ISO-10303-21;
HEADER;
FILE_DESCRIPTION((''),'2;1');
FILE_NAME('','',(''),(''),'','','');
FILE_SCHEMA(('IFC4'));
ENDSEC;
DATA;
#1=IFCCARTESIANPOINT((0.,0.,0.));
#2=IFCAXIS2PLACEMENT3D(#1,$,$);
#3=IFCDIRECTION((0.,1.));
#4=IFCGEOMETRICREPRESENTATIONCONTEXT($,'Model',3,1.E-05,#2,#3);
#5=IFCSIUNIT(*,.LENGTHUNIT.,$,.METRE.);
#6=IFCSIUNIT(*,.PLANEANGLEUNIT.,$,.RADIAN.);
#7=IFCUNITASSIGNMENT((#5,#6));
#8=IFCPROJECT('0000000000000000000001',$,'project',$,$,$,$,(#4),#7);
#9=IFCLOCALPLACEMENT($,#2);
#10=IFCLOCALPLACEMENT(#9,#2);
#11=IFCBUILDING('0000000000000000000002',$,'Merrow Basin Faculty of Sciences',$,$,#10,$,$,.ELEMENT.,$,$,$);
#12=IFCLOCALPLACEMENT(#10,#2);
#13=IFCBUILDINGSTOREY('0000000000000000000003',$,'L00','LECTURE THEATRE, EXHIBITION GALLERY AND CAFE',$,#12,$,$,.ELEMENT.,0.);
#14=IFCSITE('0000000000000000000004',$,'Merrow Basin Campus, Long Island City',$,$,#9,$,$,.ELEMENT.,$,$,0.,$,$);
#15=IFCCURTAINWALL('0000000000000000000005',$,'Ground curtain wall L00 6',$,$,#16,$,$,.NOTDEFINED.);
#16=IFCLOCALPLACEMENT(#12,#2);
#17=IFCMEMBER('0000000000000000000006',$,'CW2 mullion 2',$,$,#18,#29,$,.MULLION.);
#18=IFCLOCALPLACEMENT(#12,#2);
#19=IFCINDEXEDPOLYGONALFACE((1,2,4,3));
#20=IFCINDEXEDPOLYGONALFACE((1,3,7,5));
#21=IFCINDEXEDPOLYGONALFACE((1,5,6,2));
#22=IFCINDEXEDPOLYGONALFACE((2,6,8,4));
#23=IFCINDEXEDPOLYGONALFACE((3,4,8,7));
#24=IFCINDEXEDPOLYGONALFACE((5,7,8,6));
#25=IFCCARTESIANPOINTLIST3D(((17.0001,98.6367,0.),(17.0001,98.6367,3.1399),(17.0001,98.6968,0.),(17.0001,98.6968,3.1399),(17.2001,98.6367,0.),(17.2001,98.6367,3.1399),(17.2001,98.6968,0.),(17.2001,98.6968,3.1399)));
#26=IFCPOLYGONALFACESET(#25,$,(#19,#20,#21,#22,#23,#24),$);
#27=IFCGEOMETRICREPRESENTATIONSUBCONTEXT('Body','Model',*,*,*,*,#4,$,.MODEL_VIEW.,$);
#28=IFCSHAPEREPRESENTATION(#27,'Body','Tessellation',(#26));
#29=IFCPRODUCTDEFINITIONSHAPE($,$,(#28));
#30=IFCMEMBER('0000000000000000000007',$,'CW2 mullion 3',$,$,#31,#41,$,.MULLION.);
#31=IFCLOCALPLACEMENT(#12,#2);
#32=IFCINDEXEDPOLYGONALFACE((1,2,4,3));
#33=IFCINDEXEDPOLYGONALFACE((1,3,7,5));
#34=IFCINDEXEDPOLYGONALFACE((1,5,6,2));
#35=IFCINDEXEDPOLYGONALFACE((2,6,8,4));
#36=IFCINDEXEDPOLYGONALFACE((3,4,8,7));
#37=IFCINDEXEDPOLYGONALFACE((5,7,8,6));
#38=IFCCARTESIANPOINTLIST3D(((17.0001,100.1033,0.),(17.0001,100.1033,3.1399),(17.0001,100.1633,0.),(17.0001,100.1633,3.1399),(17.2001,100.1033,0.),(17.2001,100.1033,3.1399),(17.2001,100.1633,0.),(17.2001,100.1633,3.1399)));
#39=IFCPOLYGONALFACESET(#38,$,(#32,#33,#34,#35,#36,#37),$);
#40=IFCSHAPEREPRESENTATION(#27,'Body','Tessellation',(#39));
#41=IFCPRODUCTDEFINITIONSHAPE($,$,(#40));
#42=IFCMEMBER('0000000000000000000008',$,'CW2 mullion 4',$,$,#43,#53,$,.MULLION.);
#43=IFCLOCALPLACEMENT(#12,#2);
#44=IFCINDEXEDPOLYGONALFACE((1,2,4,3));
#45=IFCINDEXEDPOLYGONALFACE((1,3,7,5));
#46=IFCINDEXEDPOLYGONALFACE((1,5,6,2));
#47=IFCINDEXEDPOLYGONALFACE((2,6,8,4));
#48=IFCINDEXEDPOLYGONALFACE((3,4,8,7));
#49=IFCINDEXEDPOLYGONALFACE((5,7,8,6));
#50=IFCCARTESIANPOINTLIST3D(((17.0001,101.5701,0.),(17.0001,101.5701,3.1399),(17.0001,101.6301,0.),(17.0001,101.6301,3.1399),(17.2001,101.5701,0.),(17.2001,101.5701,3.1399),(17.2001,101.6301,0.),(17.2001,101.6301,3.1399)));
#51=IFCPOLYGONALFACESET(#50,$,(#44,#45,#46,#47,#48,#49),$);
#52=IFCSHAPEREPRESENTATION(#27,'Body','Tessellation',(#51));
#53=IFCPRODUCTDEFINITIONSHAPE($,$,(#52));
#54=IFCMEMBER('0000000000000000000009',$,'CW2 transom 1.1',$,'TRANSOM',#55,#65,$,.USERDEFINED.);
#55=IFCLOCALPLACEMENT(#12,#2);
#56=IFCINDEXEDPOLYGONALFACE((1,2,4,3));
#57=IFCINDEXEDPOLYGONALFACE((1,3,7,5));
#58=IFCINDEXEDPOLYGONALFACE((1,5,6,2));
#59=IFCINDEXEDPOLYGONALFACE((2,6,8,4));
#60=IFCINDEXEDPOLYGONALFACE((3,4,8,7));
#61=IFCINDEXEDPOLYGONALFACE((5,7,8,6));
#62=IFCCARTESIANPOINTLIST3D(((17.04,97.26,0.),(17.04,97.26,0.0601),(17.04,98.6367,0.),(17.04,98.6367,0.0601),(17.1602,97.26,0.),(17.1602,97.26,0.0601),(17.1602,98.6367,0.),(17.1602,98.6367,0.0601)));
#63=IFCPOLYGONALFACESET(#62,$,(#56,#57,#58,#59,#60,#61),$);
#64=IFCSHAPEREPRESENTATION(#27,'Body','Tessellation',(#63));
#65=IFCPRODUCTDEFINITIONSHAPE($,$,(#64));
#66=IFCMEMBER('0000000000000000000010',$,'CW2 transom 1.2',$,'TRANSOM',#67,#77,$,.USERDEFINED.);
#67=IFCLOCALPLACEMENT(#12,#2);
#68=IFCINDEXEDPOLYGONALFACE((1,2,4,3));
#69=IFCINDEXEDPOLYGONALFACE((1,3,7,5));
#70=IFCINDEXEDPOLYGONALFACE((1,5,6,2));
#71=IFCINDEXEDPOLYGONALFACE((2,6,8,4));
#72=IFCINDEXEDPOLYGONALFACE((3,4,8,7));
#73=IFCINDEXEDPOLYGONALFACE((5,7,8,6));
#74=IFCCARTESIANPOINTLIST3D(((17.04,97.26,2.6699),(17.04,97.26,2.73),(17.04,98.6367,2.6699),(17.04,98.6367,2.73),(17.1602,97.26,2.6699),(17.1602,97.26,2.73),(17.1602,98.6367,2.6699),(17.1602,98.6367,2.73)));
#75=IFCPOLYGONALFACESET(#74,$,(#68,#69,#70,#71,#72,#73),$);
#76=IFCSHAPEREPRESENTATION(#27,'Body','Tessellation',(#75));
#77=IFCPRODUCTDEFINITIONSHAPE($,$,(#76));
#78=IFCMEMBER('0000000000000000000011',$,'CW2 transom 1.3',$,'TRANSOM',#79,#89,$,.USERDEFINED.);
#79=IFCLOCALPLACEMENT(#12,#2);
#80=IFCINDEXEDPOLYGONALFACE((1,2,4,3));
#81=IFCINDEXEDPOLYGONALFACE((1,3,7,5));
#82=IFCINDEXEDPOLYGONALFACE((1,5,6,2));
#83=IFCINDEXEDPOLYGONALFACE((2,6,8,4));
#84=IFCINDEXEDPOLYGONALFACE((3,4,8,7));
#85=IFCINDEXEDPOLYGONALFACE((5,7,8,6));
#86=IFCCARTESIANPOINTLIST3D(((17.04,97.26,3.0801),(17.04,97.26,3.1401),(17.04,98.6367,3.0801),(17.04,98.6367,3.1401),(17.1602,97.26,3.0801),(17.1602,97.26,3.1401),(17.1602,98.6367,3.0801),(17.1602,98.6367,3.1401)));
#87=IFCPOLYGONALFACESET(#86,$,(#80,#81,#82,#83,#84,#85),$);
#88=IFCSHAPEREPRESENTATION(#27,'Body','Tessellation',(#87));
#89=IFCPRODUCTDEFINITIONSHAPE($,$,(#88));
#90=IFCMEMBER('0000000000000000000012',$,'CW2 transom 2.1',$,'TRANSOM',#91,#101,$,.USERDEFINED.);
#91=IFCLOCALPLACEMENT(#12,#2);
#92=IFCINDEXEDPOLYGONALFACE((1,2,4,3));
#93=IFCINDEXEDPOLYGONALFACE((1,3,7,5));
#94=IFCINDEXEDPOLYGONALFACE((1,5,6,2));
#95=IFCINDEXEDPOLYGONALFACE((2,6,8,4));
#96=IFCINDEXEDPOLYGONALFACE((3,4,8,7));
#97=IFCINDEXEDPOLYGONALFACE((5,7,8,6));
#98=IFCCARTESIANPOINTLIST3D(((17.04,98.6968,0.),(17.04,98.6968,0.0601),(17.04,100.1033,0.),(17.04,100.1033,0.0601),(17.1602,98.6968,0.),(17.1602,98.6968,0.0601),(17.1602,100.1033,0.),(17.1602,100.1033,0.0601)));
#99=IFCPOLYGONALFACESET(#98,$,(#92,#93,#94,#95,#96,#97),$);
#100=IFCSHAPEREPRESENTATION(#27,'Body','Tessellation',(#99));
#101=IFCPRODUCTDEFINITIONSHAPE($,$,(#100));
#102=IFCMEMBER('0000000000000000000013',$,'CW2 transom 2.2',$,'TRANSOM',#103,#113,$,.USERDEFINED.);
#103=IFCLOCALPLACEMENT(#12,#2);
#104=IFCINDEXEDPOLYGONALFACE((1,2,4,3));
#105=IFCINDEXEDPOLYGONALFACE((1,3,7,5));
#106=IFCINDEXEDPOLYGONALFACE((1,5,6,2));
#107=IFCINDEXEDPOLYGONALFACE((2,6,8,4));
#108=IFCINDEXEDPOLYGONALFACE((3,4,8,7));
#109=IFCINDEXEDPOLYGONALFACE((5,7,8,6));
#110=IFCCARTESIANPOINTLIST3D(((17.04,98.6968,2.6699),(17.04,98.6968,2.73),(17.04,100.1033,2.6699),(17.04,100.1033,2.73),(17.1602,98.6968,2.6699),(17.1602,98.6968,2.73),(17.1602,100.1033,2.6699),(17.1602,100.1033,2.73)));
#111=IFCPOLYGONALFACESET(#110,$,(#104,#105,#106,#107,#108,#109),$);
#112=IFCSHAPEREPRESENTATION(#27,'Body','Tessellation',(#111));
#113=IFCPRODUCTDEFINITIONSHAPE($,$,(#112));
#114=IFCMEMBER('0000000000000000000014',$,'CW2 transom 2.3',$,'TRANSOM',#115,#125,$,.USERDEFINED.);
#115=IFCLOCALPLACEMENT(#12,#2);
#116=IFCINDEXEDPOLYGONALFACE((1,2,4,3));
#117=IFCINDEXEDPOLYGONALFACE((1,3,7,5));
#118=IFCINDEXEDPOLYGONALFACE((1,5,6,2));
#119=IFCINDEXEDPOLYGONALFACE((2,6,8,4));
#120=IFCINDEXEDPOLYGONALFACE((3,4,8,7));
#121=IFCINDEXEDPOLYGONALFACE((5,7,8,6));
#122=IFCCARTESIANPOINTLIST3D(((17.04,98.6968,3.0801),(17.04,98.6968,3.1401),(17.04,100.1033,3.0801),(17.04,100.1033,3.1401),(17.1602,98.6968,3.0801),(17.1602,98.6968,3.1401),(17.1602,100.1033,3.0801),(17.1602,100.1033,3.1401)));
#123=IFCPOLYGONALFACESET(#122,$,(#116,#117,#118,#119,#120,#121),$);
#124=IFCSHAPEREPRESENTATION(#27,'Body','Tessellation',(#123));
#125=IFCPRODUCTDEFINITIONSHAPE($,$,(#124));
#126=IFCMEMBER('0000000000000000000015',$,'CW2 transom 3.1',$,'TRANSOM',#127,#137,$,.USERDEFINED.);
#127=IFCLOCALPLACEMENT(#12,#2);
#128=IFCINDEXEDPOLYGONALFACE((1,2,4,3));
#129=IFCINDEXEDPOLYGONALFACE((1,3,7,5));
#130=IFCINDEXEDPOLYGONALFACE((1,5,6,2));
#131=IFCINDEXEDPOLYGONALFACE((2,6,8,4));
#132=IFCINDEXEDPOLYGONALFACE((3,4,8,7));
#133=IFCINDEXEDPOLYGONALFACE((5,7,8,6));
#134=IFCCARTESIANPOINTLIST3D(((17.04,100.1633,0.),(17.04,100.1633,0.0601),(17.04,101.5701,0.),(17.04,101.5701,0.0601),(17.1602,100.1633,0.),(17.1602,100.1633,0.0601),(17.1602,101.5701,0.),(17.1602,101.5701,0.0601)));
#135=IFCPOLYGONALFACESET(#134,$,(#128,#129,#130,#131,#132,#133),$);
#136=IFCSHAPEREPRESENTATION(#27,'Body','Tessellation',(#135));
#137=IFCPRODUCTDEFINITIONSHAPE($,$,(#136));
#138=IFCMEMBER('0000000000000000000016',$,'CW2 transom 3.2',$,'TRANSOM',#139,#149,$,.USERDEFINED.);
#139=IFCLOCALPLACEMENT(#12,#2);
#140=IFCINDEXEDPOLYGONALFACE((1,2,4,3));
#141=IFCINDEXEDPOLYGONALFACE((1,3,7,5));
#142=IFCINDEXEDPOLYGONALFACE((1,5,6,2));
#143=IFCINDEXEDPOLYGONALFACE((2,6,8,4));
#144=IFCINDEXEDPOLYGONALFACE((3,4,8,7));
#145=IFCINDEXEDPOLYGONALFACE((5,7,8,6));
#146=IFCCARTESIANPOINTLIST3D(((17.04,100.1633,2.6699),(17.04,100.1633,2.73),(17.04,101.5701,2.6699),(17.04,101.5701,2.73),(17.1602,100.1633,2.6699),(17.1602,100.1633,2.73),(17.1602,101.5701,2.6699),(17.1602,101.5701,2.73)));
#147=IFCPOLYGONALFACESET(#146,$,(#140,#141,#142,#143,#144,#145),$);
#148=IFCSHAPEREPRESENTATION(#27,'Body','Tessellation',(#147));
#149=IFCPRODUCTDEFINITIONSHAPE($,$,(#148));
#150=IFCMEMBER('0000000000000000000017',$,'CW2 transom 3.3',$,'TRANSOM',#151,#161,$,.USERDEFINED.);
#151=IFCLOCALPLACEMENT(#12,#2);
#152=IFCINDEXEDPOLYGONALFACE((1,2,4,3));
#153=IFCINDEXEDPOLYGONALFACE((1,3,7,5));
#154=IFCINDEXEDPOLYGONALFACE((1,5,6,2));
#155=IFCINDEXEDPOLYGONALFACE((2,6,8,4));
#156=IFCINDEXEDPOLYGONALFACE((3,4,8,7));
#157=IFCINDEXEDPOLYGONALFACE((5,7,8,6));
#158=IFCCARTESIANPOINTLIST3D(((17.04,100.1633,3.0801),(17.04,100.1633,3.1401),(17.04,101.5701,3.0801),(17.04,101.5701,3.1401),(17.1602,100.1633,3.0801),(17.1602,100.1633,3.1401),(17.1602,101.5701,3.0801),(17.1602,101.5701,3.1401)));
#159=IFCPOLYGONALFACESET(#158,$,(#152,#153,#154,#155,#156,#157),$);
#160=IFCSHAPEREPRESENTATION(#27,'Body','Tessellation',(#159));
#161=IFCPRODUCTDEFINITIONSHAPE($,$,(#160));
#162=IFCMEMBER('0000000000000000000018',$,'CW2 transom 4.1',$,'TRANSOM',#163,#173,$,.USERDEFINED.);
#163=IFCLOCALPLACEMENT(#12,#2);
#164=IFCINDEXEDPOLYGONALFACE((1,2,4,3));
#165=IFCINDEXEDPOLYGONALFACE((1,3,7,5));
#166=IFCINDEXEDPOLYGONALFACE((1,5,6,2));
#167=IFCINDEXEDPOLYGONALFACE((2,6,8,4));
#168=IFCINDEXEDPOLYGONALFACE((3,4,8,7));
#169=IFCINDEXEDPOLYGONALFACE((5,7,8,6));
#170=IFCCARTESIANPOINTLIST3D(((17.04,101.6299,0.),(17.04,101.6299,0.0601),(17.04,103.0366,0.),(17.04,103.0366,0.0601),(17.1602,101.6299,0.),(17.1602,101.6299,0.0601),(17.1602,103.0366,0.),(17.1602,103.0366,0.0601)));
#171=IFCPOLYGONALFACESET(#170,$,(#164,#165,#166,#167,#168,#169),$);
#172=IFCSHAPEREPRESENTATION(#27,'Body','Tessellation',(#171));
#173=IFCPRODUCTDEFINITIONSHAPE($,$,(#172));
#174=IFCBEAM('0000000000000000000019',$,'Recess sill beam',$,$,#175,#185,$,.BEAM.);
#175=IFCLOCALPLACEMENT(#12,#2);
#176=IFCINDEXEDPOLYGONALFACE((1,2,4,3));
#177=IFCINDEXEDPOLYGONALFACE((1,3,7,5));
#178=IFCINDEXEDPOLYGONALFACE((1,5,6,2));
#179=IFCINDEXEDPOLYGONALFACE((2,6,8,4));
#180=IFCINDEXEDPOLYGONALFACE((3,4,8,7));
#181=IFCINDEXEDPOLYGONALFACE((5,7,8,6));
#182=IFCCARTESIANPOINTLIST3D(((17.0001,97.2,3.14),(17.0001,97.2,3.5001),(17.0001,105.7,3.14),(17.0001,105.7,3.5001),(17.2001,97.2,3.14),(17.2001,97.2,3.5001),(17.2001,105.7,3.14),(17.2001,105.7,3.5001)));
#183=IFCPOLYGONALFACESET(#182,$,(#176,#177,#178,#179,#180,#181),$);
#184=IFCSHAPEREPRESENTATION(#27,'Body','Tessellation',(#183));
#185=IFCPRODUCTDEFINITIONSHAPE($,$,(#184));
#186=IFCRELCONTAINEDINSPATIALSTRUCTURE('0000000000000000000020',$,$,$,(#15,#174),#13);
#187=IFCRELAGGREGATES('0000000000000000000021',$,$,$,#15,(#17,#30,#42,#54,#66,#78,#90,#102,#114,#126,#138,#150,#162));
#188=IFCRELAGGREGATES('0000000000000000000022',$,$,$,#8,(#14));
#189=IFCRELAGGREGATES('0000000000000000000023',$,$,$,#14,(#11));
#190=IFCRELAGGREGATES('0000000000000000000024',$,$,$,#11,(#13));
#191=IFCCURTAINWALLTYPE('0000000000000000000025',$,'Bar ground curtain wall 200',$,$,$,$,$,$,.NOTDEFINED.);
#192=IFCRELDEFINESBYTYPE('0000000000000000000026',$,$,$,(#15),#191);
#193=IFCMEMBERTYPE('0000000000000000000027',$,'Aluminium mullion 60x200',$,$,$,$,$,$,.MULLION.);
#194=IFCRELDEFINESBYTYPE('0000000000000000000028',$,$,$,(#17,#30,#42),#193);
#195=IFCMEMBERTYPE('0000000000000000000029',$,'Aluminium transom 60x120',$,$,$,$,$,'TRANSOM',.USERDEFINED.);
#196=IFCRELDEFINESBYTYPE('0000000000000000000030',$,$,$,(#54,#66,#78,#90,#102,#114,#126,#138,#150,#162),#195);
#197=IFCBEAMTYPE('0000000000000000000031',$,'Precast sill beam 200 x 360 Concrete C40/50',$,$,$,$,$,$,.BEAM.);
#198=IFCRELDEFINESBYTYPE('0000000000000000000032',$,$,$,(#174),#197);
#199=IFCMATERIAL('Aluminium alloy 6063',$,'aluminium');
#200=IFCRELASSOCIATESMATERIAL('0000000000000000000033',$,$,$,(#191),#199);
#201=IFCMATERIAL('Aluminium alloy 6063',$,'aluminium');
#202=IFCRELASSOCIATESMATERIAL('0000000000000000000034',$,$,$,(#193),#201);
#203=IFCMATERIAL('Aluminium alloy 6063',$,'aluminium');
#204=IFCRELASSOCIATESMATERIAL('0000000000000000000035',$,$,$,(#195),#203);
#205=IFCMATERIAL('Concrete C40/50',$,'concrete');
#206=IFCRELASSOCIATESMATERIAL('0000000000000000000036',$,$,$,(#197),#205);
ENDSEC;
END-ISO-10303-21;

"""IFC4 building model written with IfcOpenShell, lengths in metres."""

from ifc_helpers import new_model, si_unit, direction, frame, origin, origin_2d, place, context, subcontext, project, spatial, rectangle, extrude, material, material_profile, profile_set, type_object, element, aggregate, save


model = new_model("IFC4")

# Units and contexts
model_context = context("Model", 3, precision=1e-05, world=origin(), true_north=direction((0.0, 1.0)))
body_context = subcontext(model_context, "Body", "Model", "MODEL_VIEW")
ifc_project = project(units=[si_unit("LENGTHUNIT", "METRE"), si_unit("PLANEANGLEUNIT", "RADIAN")], contexts=[model_context])

# Site, building, storey
site_placement = place(None, origin())
site = spatial("IfcSite", under=ifc_project, at=site_placement, Name="Merrow Basin Campus, Long Island City", CompositionType="ELEMENT", RefElevation=0.0)
building_placement = place(site_placement, origin())
building = spatial("IfcBuilding", under=site, at=building_placement, Name="Merrow Basin Faculty of Sciences", CompositionType="ELEMENT")
storey_placement = place(building_placement, origin())
storey = spatial("IfcBuildingStorey", under=building, at=storey_placement, Name="L00", Description="LECTURE THEATRE, EXHIBITION GALLERY AND CAFE", CompositionType="ELEMENT", Elevation=0.0)

# Curtain wall, members
ifc_material_1 = material(Name="Aluminium alloy 6063", Category="aluminium")
curtain_wall_type = type_object("IfcCurtainWallType", Name="Bar ground curtain wall 200", PredefinedType="NOTDEFINED", material=ifc_material_1)
curtain_wall_placement = place(storey_placement, origin())
curtain_wall = element("IfcCurtainWall", 1, at=curtain_wall_placement, inside=storey, type_object=curtain_wall_type, Name="Ground curtain wall L00 6", PredefinedType="NOTDEFINED")
ifc_material_2 = material(Name="Aluminium alloy 6063", Category="aluminium")
ifc_material_profile_1 = material_profile(ifc_material_2, rectangle(XDim=0.2, YDim=0.0601, at=origin_2d()))
ifc_profile_set_1 = profile_set([ifc_material_profile_1], Name="Aluminium alloy 6063")
member_type_1 = type_object("IfcMemberType", Name="Aluminium mullion 60x200", PredefinedType="MULLION", material=ifc_profile_set_1)
member_1_placement = place(storey_placement, frame((17.1001, 98.6667, 0.0), z_axis=(0.0, 0.0, 1.0), x_axis=(-1.0, 0.0, 0.0)))
member_1 = element("IfcMember", 2, at=member_1_placement, type_object=member_type_1, Name="CW2 mullion 2", PredefinedType="MULLION", context=body_context, shape_type="SweptSolid", body=[
    extrude(rectangle(XDim=0.2, YDim=0.0601, at=origin_2d()), origin(), (0.0, 0.0, 1.0), 3.1399),
])
member_2_placement = place(storey_placement, frame((17.1001, 100.1333, 0.0), z_axis=(0.0, 0.0, 1.0), x_axis=(-1.0, 0.0, 0.0)))
member_2 = element("IfcMember", 3, at=member_2_placement, type_object=member_type_1, Name="CW2 mullion 3", PredefinedType="MULLION", context=body_context, shape_type="SweptSolid", body=[
    extrude(rectangle(XDim=0.2, YDim=0.0601, at=origin_2d()), origin(), (0.0, 0.0, 1.0), 3.1399),
])
member_3_placement = place(storey_placement, frame((17.1001, 101.6001, 0.0), z_axis=(0.0, 0.0, 1.0), x_axis=(-1.0, 0.0, 0.0)))
member_3 = element("IfcMember", 4, at=member_3_placement, type_object=member_type_1, Name="CW2 mullion 4", PredefinedType="MULLION", context=body_context, shape_type="SweptSolid", body=[
    extrude(rectangle(XDim=0.2, YDim=0.0601, at=origin_2d()), origin(), (0.0, 0.0, 1.0), 3.1399),
])
ifc_material_3 = material(Name="Aluminium alloy 6063", Category="aluminium")
ifc_material_profile_2 = material_profile(ifc_material_3, rectangle(XDim=0.1201, YDim=0.0601, at=origin_2d()))
ifc_profile_set_2 = profile_set([ifc_material_profile_2], Name="Aluminium alloy 6063")
member_type_2 = type_object("IfcMemberType", Name="Aluminium transom 60x120", ElementType="TRANSOM", PredefinedType="USERDEFINED", material=ifc_profile_set_2)
member_4_placement = place(storey_placement, frame((17.1001, 97.26, 0.03), z_axis=(0.0, 1.0, 0.0), x_axis=(-1.0, 0.0, 0.0)))
member_4 = element("IfcMember", 5, at=member_4_placement, type_object=member_type_2, Name="CW2 transom 1.1", ObjectType="TRANSOM", PredefinedType="USERDEFINED", context=body_context, shape_type="SweptSolid", body=[
    extrude(rectangle(XDim=0.1201, YDim=0.0601, at=origin_2d()), origin(), (0.0, 0.0, 1.0), 1.3767),
])
member_5_placement = place(storey_placement, frame((17.1001, 97.26, 2.7), z_axis=(0.0, 1.0, 0.0), x_axis=(-1.0, 0.0, 0.0)))
member_5 = element("IfcMember", 6, at=member_5_placement, type_object=member_type_2, Name="CW2 transom 1.2", ObjectType="TRANSOM", PredefinedType="USERDEFINED", context=body_context, shape_type="SweptSolid", body=[
    extrude(rectangle(XDim=0.1201, YDim=0.0601, at=origin_2d()), origin(), (0.0, 0.0, 1.0), 1.3767),
])
member_6_placement = place(storey_placement, frame((17.1001, 97.26, 3.1101), z_axis=(0.0, 1.0, 0.0), x_axis=(-1.0, 0.0, 0.0)))
member_6 = element("IfcMember", 7, at=member_6_placement, type_object=member_type_2, Name="CW2 transom 1.3", ObjectType="TRANSOM", PredefinedType="USERDEFINED", context=body_context, shape_type="SweptSolid", body=[
    extrude(rectangle(XDim=0.1201, YDim=0.0601, at=origin_2d()), origin(), (0.0, 0.0, 1.0), 1.3767),
])
member_7_placement = place(storey_placement, frame((17.1001, 98.6968, 0.03), z_axis=(0.0, 1.0, 0.0), x_axis=(-1.0, 0.0, 0.0)))
member_7 = element("IfcMember", 8, at=member_7_placement, type_object=member_type_2, Name="CW2 transom 2.1", ObjectType="TRANSOM", PredefinedType="USERDEFINED", context=body_context, shape_type="SweptSolid", body=[
    extrude(rectangle(XDim=0.1201, YDim=0.0601, at=origin_2d()), origin(), (0.0, 0.0, 1.0), 1.4065),
])
member_8_placement = place(storey_placement, frame((17.1001, 98.6968, 2.7), z_axis=(0.0, 1.0, 0.0), x_axis=(-1.0, 0.0, 0.0)))
member_8 = element("IfcMember", 9, at=member_8_placement, type_object=member_type_2, Name="CW2 transom 2.2", ObjectType="TRANSOM", PredefinedType="USERDEFINED", context=body_context, shape_type="SweptSolid", body=[
    extrude(rectangle(XDim=0.1201, YDim=0.0601, at=origin_2d()), origin(), (0.0, 0.0, 1.0), 1.4065),
])
member_9_placement = place(storey_placement, frame((17.1001, 98.6968, 3.1101), z_axis=(0.0, 1.0, 0.0), x_axis=(-1.0, 0.0, 0.0)))
member_9 = element("IfcMember", 10, at=member_9_placement, type_object=member_type_2, Name="CW2 transom 2.3", ObjectType="TRANSOM", PredefinedType="USERDEFINED", context=body_context, shape_type="SweptSolid", body=[
    extrude(rectangle(XDim=0.1201, YDim=0.0601, at=origin_2d()), origin(), (0.0, 0.0, 1.0), 1.4065),
])
member_10_placement = place(storey_placement, frame((17.1001, 100.1633, 0.03), z_axis=(0.0, 1.0, 0.0), x_axis=(-1.0, 0.0, 0.0)))
member_10 = element("IfcMember", 11, at=member_10_placement, type_object=member_type_2, Name="CW2 transom 3.1", ObjectType="TRANSOM", PredefinedType="USERDEFINED", context=body_context, shape_type="SweptSolid", body=[
    extrude(rectangle(XDim=0.1201, YDim=0.0601, at=origin_2d()), origin(), (0.0, 0.0, 1.0), 1.4067),
])
member_11_placement = place(storey_placement, frame((17.1001, 100.1633, 2.7), z_axis=(0.0, 1.0, 0.0), x_axis=(-1.0, 0.0, 0.0)))
member_11 = element("IfcMember", 12, at=member_11_placement, type_object=member_type_2, Name="CW2 transom 3.2", ObjectType="TRANSOM", PredefinedType="USERDEFINED", context=body_context, shape_type="SweptSolid", body=[
    extrude(rectangle(XDim=0.1201, YDim=0.0601, at=origin_2d()), origin(), (0.0, 0.0, 1.0), 1.4067),
])
member_12_placement = place(storey_placement, frame((17.1001, 100.1633, 3.1101), z_axis=(0.0, 1.0, 0.0), x_axis=(-1.0, 0.0, 0.0)))
member_12 = element("IfcMember", 13, at=member_12_placement, type_object=member_type_2, Name="CW2 transom 3.3", ObjectType="TRANSOM", PredefinedType="USERDEFINED", context=body_context, shape_type="SweptSolid", body=[
    extrude(rectangle(XDim=0.1201, YDim=0.0601, at=origin_2d()), origin(), (0.0, 0.0, 1.0), 1.4067),
])
member_13_placement = place(storey_placement, frame((17.1001, 101.6299, 0.03), z_axis=(0.0, 1.0, 0.0), x_axis=(-1.0, 0.0, 0.0)))
member_13 = element("IfcMember", 14, at=member_13_placement, type_object=member_type_2, Name="CW2 transom 4.1", ObjectType="TRANSOM", PredefinedType="USERDEFINED", context=body_context, shape_type="SweptSolid", body=[
    extrude(rectangle(XDim=0.1201, YDim=0.0601, at=origin_2d()), origin(), (0.0, 0.0, 1.0), 1.4067),
])

# Beam
ifc_material_4 = material(Name="Concrete C40/50", Category="concrete")
ifc_material_profile_3 = material_profile(ifc_material_4, rectangle(XDim=0.2, YDim=0.3601, at=origin_2d()))
ifc_profile_set_3 = profile_set([ifc_material_profile_3], Name="Concrete C40/50")
beam_type = type_object("IfcBeamType", Name="Precast sill beam 200 x 360 Concrete C40/50", PredefinedType="BEAM", material=ifc_profile_set_3)
beam_placement = place(storey_placement, frame((17.1001, 97.2, 3.3201), z_axis=(0.0, 1.0, 0.0), x_axis=(-1.0, 0.0, 0.0)))
element("IfcBeam", 15, at=beam_placement, inside=storey, type_object=beam_type, Name="Recess sill beam", PredefinedType="BEAM", context=body_context, shape_type="SweptSolid", body=[
    extrude(rectangle(XDim=0.2, YDim=0.3601, at=origin_2d()), origin(), (0.0, 0.0, 1.0), 8.5),
])

aggregate(curtain_wall, [member_1, member_2, member_3, member_4, member_5, member_6, member_7, member_8, member_9, member_10, member_11, member_12, member_13])

save(model, "model.ifc")
